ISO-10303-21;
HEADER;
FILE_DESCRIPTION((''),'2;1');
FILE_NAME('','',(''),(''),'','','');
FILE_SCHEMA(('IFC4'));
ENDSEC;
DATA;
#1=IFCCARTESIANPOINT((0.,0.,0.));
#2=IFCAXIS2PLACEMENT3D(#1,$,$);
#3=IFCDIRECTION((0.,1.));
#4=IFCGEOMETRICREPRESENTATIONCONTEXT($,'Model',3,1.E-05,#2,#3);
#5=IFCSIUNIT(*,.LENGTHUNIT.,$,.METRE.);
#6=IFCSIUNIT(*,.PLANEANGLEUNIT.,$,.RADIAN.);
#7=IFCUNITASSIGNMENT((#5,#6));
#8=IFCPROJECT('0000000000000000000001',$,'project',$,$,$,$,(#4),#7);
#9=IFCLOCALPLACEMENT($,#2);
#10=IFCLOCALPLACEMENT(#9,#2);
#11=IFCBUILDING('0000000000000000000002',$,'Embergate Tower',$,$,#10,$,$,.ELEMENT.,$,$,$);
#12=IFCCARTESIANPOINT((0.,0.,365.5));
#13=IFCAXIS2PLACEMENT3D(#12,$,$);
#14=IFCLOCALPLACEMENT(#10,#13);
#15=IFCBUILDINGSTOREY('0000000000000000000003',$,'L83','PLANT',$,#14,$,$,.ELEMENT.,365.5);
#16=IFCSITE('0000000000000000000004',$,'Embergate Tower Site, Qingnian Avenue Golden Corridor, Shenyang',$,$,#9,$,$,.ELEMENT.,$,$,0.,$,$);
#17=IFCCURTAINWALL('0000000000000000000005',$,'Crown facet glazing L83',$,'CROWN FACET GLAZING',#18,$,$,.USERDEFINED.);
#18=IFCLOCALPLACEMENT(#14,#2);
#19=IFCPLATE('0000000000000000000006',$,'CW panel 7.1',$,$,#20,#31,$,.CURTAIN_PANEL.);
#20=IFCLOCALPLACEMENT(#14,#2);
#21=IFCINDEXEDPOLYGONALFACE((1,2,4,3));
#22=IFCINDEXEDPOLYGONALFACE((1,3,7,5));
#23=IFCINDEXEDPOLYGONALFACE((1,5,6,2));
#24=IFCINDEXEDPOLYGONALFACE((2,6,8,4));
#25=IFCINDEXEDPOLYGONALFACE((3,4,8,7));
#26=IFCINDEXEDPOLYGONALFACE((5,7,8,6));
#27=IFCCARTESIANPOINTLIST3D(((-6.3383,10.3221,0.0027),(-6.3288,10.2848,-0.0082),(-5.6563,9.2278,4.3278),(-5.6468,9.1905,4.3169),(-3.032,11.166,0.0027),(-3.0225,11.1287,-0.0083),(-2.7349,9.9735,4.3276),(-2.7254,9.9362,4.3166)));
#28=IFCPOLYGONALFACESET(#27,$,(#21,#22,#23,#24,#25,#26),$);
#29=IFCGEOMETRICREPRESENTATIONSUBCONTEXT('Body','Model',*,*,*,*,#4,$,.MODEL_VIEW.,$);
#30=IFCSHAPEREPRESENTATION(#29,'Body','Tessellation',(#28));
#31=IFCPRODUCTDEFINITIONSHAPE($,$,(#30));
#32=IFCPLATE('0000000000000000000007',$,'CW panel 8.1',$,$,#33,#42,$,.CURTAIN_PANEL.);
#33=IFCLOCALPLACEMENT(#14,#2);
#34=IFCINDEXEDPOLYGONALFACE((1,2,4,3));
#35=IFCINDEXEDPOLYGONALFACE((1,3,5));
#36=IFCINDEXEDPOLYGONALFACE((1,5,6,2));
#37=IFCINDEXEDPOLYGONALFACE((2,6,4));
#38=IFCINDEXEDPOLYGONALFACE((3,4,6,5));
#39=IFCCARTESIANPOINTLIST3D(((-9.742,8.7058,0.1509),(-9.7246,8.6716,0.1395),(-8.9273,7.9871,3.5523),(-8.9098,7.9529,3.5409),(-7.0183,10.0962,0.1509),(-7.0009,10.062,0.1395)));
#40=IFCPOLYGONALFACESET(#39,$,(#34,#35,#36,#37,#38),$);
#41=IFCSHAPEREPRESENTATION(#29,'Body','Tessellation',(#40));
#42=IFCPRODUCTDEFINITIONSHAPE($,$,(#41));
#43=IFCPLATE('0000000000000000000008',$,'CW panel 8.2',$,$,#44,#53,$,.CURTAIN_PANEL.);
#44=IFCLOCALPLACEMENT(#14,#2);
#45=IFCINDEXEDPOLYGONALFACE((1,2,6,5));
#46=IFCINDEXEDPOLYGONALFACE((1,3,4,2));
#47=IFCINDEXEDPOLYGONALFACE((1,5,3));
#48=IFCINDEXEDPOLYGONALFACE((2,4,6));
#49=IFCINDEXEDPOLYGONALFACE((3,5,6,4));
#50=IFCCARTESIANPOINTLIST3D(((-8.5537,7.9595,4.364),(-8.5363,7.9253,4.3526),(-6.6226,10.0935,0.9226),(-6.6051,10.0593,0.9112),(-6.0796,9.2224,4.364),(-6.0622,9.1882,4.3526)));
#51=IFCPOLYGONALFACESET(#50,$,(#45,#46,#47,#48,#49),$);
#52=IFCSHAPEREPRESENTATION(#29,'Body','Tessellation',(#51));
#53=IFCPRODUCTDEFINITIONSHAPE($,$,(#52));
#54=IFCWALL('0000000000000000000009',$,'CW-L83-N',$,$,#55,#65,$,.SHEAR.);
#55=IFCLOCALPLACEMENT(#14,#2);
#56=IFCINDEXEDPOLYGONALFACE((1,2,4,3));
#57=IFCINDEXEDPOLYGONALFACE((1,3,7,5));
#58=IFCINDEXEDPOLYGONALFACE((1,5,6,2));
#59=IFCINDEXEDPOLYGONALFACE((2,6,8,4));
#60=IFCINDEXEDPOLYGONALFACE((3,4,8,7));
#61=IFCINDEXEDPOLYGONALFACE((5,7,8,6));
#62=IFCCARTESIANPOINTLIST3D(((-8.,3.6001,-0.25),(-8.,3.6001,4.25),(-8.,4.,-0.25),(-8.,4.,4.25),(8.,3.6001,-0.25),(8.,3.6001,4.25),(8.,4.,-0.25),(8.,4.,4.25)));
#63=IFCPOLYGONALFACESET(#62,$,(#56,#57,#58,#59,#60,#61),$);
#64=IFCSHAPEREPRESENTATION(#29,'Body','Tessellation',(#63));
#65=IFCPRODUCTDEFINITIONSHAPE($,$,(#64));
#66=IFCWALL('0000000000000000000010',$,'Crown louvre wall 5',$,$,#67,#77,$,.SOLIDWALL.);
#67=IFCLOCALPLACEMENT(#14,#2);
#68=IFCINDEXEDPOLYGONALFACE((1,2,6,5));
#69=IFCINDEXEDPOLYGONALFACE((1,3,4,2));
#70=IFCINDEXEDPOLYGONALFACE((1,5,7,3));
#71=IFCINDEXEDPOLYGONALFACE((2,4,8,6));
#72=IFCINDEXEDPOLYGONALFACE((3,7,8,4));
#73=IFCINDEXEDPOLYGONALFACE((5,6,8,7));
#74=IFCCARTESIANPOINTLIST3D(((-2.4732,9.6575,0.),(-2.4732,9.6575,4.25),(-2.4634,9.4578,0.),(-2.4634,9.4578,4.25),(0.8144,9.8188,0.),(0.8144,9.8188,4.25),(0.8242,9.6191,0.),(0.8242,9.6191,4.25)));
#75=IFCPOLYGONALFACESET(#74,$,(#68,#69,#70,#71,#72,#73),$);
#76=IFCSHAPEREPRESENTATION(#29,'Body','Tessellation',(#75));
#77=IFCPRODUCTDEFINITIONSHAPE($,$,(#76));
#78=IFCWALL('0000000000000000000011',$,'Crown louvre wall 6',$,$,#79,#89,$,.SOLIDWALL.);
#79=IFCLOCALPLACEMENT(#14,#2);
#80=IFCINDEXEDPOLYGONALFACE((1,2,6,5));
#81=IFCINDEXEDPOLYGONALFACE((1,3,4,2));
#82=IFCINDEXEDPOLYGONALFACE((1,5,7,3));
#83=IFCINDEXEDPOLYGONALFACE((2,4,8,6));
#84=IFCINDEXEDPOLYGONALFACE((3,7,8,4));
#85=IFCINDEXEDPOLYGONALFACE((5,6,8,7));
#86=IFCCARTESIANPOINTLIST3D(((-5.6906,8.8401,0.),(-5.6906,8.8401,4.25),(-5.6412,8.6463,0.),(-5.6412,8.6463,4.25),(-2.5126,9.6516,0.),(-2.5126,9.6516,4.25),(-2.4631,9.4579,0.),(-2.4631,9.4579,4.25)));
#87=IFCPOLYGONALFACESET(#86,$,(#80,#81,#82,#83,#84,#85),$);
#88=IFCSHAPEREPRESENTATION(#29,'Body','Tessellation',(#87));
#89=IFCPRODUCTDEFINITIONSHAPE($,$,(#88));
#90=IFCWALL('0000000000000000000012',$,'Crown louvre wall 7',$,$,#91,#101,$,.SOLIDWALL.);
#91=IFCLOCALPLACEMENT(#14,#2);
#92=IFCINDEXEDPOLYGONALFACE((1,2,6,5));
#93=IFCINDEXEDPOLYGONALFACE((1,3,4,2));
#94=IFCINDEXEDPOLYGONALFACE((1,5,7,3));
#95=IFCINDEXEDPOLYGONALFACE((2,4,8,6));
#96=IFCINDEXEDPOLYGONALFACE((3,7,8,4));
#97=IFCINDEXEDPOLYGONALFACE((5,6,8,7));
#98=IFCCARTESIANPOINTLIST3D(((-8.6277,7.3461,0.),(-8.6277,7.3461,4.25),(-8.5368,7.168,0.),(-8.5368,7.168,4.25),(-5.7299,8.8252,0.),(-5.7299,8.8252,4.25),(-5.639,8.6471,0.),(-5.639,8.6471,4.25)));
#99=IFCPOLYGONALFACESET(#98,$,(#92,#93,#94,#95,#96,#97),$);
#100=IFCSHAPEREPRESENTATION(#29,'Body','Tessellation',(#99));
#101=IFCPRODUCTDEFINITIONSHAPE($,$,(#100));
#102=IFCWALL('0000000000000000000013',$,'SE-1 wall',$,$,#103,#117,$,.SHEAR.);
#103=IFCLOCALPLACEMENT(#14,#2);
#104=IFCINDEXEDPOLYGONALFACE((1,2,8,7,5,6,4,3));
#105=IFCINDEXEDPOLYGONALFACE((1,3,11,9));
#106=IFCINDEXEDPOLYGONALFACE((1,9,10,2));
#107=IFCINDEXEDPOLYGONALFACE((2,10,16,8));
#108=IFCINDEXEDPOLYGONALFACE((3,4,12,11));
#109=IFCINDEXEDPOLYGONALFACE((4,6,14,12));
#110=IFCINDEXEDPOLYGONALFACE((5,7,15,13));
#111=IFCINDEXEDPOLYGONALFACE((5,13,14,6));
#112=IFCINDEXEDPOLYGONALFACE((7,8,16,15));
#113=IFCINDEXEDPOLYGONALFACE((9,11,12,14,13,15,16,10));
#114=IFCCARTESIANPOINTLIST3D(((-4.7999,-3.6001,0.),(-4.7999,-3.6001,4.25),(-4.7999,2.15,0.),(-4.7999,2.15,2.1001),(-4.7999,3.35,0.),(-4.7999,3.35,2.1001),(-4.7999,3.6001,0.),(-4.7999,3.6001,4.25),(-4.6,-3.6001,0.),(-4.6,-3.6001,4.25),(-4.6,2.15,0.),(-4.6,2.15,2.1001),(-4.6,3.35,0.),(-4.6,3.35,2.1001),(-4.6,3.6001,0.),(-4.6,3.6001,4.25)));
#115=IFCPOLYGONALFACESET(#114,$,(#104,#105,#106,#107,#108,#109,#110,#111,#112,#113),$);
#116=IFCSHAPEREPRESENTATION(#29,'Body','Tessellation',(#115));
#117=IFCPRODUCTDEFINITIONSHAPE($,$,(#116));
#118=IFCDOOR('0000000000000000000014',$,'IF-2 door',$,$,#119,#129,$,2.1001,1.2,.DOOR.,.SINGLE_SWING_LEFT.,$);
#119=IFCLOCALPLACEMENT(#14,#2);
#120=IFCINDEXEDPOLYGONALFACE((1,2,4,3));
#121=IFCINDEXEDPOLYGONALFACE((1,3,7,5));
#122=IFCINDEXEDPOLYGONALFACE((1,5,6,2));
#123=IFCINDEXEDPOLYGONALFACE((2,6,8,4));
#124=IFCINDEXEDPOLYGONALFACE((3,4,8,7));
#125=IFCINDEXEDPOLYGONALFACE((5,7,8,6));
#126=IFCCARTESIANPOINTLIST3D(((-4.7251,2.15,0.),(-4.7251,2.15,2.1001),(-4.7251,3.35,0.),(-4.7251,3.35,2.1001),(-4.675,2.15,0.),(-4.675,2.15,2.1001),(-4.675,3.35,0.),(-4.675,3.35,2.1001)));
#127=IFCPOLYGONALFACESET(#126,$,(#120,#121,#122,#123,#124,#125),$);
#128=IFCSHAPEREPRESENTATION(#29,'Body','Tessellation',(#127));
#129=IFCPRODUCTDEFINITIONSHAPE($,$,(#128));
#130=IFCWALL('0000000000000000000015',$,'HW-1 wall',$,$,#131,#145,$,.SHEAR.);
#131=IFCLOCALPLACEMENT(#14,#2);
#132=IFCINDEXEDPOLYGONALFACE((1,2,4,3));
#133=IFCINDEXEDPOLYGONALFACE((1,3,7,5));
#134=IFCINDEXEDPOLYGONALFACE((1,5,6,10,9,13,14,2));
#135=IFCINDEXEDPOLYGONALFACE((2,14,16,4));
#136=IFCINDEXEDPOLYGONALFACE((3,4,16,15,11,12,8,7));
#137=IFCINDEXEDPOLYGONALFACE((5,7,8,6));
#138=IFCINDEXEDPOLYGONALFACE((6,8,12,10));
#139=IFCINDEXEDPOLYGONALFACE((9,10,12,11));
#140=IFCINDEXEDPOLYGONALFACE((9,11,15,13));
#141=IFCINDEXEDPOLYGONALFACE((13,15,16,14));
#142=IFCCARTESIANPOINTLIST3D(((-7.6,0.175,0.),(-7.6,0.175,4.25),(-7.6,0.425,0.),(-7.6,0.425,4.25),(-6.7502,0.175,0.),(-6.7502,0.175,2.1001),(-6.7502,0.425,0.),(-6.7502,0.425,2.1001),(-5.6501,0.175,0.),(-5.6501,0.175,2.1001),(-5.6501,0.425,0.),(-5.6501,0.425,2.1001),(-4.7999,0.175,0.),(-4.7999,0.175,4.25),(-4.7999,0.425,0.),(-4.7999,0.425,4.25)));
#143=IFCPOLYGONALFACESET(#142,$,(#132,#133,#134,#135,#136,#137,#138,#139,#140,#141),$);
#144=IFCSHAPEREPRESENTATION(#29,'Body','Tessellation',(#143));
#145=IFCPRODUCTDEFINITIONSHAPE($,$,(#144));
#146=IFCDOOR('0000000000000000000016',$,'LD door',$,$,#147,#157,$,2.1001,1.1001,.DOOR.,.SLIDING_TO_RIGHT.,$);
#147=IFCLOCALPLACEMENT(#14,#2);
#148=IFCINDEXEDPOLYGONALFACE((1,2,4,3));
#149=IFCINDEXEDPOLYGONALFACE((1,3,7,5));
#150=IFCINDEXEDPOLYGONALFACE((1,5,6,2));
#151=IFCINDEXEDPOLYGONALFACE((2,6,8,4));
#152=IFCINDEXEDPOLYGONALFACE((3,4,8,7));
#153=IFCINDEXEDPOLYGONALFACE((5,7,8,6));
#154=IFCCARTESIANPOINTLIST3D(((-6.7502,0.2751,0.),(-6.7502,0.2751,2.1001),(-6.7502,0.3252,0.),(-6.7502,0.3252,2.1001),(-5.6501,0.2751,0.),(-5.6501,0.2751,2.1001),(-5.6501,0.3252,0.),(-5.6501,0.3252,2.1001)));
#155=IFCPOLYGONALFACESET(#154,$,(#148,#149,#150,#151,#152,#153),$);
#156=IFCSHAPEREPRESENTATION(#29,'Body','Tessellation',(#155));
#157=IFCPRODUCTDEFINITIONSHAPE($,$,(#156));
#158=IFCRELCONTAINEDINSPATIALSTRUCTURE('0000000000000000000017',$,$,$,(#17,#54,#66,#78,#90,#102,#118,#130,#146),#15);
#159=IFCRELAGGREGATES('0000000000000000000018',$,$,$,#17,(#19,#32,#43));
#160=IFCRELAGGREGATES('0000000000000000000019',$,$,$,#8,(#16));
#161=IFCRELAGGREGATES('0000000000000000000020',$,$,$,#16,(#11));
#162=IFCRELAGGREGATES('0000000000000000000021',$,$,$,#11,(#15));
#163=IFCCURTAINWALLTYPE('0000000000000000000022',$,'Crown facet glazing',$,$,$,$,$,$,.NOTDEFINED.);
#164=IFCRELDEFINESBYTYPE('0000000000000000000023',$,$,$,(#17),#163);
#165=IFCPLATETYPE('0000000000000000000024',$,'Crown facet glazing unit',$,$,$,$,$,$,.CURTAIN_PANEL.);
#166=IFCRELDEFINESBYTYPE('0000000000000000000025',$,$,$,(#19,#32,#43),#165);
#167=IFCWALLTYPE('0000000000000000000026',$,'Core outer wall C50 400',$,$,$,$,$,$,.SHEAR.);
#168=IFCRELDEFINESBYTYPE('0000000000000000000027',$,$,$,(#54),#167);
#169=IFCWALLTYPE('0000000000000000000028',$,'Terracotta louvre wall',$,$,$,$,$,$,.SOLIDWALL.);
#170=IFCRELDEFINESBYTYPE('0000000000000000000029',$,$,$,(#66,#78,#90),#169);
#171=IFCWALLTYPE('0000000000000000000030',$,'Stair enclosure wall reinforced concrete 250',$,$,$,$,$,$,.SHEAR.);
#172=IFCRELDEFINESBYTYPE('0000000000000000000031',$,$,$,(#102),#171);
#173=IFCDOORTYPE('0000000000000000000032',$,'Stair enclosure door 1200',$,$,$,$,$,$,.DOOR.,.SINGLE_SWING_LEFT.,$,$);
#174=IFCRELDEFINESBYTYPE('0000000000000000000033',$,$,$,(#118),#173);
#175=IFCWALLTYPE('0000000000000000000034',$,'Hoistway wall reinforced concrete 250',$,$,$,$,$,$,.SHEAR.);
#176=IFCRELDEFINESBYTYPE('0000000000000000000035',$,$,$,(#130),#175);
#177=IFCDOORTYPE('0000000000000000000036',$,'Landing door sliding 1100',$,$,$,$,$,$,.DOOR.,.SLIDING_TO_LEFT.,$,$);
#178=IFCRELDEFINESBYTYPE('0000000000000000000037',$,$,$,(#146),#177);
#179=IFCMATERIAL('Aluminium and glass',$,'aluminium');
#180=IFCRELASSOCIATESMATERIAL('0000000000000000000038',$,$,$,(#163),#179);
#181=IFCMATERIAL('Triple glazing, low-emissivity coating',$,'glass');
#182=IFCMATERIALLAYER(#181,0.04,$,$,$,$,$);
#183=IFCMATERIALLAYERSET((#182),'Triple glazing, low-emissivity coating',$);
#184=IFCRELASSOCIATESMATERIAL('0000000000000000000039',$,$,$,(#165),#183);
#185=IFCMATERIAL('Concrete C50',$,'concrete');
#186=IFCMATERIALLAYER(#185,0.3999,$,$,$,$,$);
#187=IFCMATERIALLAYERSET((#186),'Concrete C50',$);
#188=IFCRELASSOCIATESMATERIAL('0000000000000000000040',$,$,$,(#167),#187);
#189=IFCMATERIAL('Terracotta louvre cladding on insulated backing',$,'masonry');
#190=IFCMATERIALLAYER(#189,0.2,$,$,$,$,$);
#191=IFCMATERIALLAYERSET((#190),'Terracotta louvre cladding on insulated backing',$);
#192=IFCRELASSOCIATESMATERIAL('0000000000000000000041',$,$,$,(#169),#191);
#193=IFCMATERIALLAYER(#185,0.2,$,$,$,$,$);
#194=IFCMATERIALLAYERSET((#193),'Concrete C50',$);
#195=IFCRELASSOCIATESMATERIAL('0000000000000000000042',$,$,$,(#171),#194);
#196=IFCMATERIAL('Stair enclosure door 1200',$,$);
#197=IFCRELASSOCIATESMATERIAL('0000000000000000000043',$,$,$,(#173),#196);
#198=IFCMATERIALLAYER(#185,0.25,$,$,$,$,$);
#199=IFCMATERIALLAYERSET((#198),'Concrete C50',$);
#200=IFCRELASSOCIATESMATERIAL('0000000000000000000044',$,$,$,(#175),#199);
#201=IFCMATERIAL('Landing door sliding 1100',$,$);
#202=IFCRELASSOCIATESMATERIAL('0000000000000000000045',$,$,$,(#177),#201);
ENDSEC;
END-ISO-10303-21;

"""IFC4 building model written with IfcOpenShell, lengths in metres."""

from ifc_helpers import new_model, si_unit, direction, frame, frame_2d, origin, place, context, subcontext, project, spatial, polyline, rectangle, outline, extrude, source, transform, mapped, material, layer, layer_set, type_object, element, fill, aggregate, save


model = new_model("IFC4")

# Units and contexts
model_context = context("Model", 3, precision=1e-05, world=origin(), true_north=direction((0.0, 1.0)))
body_context = subcontext(model_context, "Body", "Model", "MODEL_VIEW")
ifc_project = project(units=[si_unit("LENGTHUNIT", "METRE"), si_unit("PLANEANGLEUNIT", "RADIAN")], contexts=[model_context])

# Site, building, storey
site_placement = place(None, origin())
site = spatial("IfcSite", under=ifc_project, at=site_placement, Name="Embergate Tower Site, Qingnian Avenue Golden Corridor, Shenyang", CompositionType="ELEMENT", RefElevation=0.0)
building_placement = place(site_placement, origin())
building = spatial("IfcBuilding", under=site, at=building_placement, Name="Embergate Tower", CompositionType="ELEMENT")
storey_placement = place(building_placement, frame((0.0, 0.0, 365.5)))
storey = spatial("IfcBuildingStorey", under=building, at=storey_placement, Name="L83", Description="PLANT", CompositionType="ELEMENT", Elevation=365.5)

# Curtain wall, plates
ifc_material_1 = material(Name="Aluminium and glass", Category="aluminium")
curtain_wall_type = type_object("IfcCurtainWallType", Name="Crown facet glazing", PredefinedType="NOTDEFINED", material=ifc_material_1)
curtain_wall_placement = place(storey_placement, origin())
curtain_wall = element("IfcCurtainWall", 1, at=curtain_wall_placement, inside=storey, type_object=curtain_wall_type, Name="Crown facet glazing L83", ObjectType="CROWN FACET GLAZING", PredefinedType="USERDEFINED")
ifc_material_2 = material(Name="Triple glazing, low-emissivity coating", Category="glass")
ifc_layer_1 = layer(ifc_material_2, 0.04)
ifc_layer_set_1 = layer_set([ifc_layer_1], Name="Triple glazing, low-emissivity coating")
plate_type = type_object("IfcPlateType", Name="Crown facet glazing unit", PredefinedType="CURTAIN_PANEL", material=ifc_layer_set_1)
shared_shape_1 = source(origin(), body_context, "Body", "SweptSolid", [
    extrude(outline(polyline([(0.0, 0.0), (3.4124, 0.0), (3.0222, 4.4963), (0.0071, 4.4961), (0.0, 0.0)])), origin(), (0.0, 0.0, -1.0), 0.04),
])
plate_1_placement = place(storey_placement, frame((-3.032, 11.166, 0.0027), z_axis=(-0.237886, 0.932039, 0.273336), x_axis=(-0.968937, -0.247306, 0.000007)))
plate_1 = element("IfcPlate", 2, at=plate_1_placement, type_object=plate_type, Name="CW panel 7.1", PredefinedType="CURTAIN_PANEL", context=body_context, shape_type="MappedRepresentation", body=[
    mapped(shared_shape_1, transform((0.0, 0.0, 0.0))),
])
shared_shape_2 = source(origin(), body_context, "Body", "SweptSolid", [
    extrude(outline(polyline([(0.0, 0.0), (3.0581, 0.0), (2.6592, 3.5483), (0.0, 0.0)])), origin(), (0.0, 0.0, -1.0), 0.04),
])
plate_2_placement = place(storey_placement, frame((-7.0183, 10.0962, 0.1509), z_axis=(-0.435841, 0.853773, 0.284805), x_axis=(-0.89066, -0.454671, 0.0)))
plate_2 = element("IfcPlate", 3, at=plate_2_placement, type_object=plate_type, Name="CW panel 8.1", PredefinedType="CURTAIN_PANEL", context=body_context, shape_type="MappedRepresentation", body=[
    mapped(shared_shape_2, transform((0.0, 0.0, 0.0))),
])
shared_shape_3 = source(origin(), body_context, "Body", "SweptSolid", [
    extrude(outline(polyline([(0.0, 0.0), (4.4863, 0.0), (2.8206, 2.2229), (0.0, 0.0)])), origin(), (0.0, 0.0, -1.0), 0.04),
])
plate_3_placement = place(storey_placement, frame((-6.6226, 10.0935, 0.9226), z_axis=(-0.435814, 0.853767, 0.284867), x_axis=(-0.430457, -0.47568, 0.767095)))
plate_3 = element("IfcPlate", 4, at=plate_3_placement, type_object=plate_type, Name="CW panel 8.2", PredefinedType="CURTAIN_PANEL", context=body_context, shape_type="MappedRepresentation", body=[
    mapped(shared_shape_3, transform((0.0, 0.0, 0.0))),
])
aggregate(curtain_wall, [plate_1, plate_2, plate_3])

# Walls
ifc_material_3 = material(Name="Concrete C50", Category="concrete")
ifc_layer_2 = layer(ifc_material_3, 0.3999)
ifc_layer_set_2 = layer_set([ifc_layer_2], Name="Concrete C50")
wall_type_1 = type_object("IfcWallType", Name="Core outer wall C50 400", PredefinedType="SHEAR", material=ifc_layer_set_2)
shared_shape_4 = source(origin(), body_context, "Body", "SweptSolid", [
    extrude(rectangle(XDim=16.0, YDim=0.3999, at=frame_2d((8.0, 0.0))), origin(), (0.0, 0.0, 1.0), 4.5),
])
wall_1_placement = place(storey_placement, frame((-8.0, 3.8, -0.25), z_axis=(0.0, 0.0, 1.0), x_axis=(1.0, 0.0, 0.0)))
element("IfcWall", 5, at=wall_1_placement, inside=storey, type_object=wall_type_1, Name="CW-L83-N", PredefinedType="SHEAR", context=body_context, shape_type="MappedRepresentation", body=[
    mapped(shared_shape_4, transform((0.0, 0.0, 0.0))),
])
ifc_material_4 = material(Name="Terracotta louvre cladding on insulated backing", Category="masonry")
ifc_layer_3 = layer(ifc_material_4, 0.2)
ifc_layer_set_3 = layer_set([ifc_layer_3], Name="Terracotta louvre cladding on insulated backing")
wall_type_2 = type_object("IfcWallType", Name="Terracotta louvre wall", PredefinedType="SOLIDWALL", material=ifc_layer_set_3)
shared_shape_5 = source(origin(), body_context, "Body", "SweptSolid", [
    extrude(rectangle(XDim=3.2915, YDim=0.2, at=frame_2d((1.6458, 0.0))), origin(), (0.0, 0.0, 1.0), 4.25),
])
wall_2_placement = place(storey_placement, frame((-2.4683, 9.5576, 0.0), z_axis=(0.0, 0.0, 1.0), x_axis=(0.998797, 0.049028, 0.0)))
element("IfcWall", 6, at=wall_2_placement, inside=storey, type_object=wall_type_2, Name="Crown louvre wall 5", PredefinedType="SOLIDWALL", context=body_context, shape_type="MappedRepresentation", body=[
    mapped(shared_shape_5, transform((0.0, 0.0, 0.0))),
])
shared_shape_6 = source(origin(), body_context, "Body", "SweptSolid", [
    extrude(rectangle(XDim=3.28, YDim=0.2, at=frame_2d((1.6401, 0.0))), origin(), (0.0, 0.0, 1.0), 4.25),
])
wall_3_placement = place(storey_placement, frame((-5.666, 8.7432, 0.0), z_axis=(0.0, 0.0, 1.0), x_axis=(0.968909, 0.247419, 0.0)))
element("IfcWall", 7, at=wall_3_placement, inside=storey, type_object=wall_type_2, Name="Crown louvre wall 6", PredefinedType="SOLIDWALL", context=body_context, shape_type="MappedRepresentation", body=[
    mapped(shared_shape_6, transform((0.0, 0.0, 0.0))),
])
shared_shape_7 = source(origin(), body_context, "Body", "SweptSolid", [
    extrude(rectangle(XDim=3.2534, YDim=0.2, at=frame_2d((1.6267, 0.0))), origin(), (0.0, 0.0, 1.0), 4.25),
])
wall_4_placement = place(storey_placement, frame((-8.5823, 7.2571, 0.0), z_axis=(0.0, 0.0, 1.0), x_axis=(0.890689, 0.454613, 0.0)))
element("IfcWall", 8, at=wall_4_placement, inside=storey, type_object=wall_type_2, Name="Crown louvre wall 7", PredefinedType="SOLIDWALL", context=body_context, shape_type="MappedRepresentation", body=[
    mapped(shared_shape_7, transform((0.0, 0.0, 0.0))),
])

# Walls, openings, doors
ifc_layer_4 = layer(ifc_material_3, 0.2)
ifc_layer_set_4 = layer_set([ifc_layer_4], Name="Concrete C50")
wall_type_3 = type_object("IfcWallType", Name="Stair enclosure wall reinforced concrete 250", PredefinedType="SHEAR", material=ifc_layer_set_4)
shared_shape_8 = source(origin(), body_context, "Body", "SweptSolid", [
    extrude(rectangle(XDim=7.2002, YDim=0.2, at=frame_2d((3.6001, 0.0))), origin(), (0.0, 0.0, 1.0), 4.25),
])
wall_5_placement = place(storey_placement, frame((-4.7, 3.6001, 0.0), z_axis=(0.0, 0.0, 1.0), x_axis=(0.0, -1.0, 0.0)))
wall_5 = element("IfcWall", 9, at=wall_5_placement, inside=storey, type_object=wall_type_3, Name="SE-1 wall", PredefinedType="SHEAR", context=body_context, shape_type="MappedRepresentation", body=[
    mapped(shared_shape_8, transform((0.0, 0.0, 0.0))),
])
shared_shape_9 = source(origin(), body_context, "Body", "SweptSolid", [
    extrude(rectangle(XDim=1.2, YDim=2.1001, at=frame_2d((0.6001, 1.05))), frame((0.0, 0.1099, 0.0), z_axis=(0.0, -1.0, 0.0), x_axis=(1.0, 0.0, 0.0)), (0.0, 0.0, 1.0), 0.22),
])
opening_1_placement = place(wall_5_placement, frame((0.25, 0.0, 0.0)))
opening_1 = element("IfcOpeningElement", 10, at=opening_1_placement, cuts=wall_5, PredefinedType="OPENING", context=body_context, shape_type="MappedRepresentation", body=[
    mapped(shared_shape_9, transform((0.0, 0.0, 0.0))),
])
ifc_material_5 = material(Name="Stair enclosure door 1200")
door_type_1 = type_object("IfcDoorType", Name="Stair enclosure door 1200", OperationType="SINGLE_SWING_LEFT", PredefinedType="DOOR", material=ifc_material_5)
shared_shape_10 = source(origin(), body_context, "Body", "SweptSolid", [
    extrude(rectangle(XDim=1.2, YDim=2.1001, at=frame_2d((0.6001, 1.05))), frame((0.0, 0.0249, 0.0), z_axis=(0.0, -1.0, 0.0), x_axis=(1.0, 0.0, 0.0)), (0.0, 0.0, 1.0), 0.05),
])
door_1_placement = place(opening_1_placement, origin())
door_1 = element("IfcDoor", 11, at=door_1_placement, inside=storey, type_object=door_type_1, Name="IF-2 door", OperationType="SINGLE_SWING_LEFT", OverallHeight=2.1001, OverallWidth=1.2, PredefinedType="DOOR", context=body_context, shape_type="MappedRepresentation", body=[
    mapped(shared_shape_10, transform((0.0, 0.0, 0.0))),
])
fill(opening_1, door_1)
ifc_layer_5 = layer(ifc_material_3, 0.25)
ifc_layer_set_5 = layer_set([ifc_layer_5], Name="Concrete C50")
wall_type_4 = type_object("IfcWallType", Name="Hoistway wall reinforced concrete 250", PredefinedType="SHEAR", material=ifc_layer_set_5)
shared_shape_11 = source(origin(), body_context, "Body", "SweptSolid", [
    extrude(rectangle(XDim=2.8, YDim=0.25, at=frame_2d((1.3999, 0.0))), origin(), (0.0, 0.0, 1.0), 4.25),
])
wall_6_placement = place(storey_placement, frame((-4.8, 0.3, 0.0), z_axis=(0.0, 0.0, 1.0), x_axis=(-1.0, 0.0, 0.0)))
wall_6 = element("IfcWall", 12, at=wall_6_placement, inside=storey, type_object=wall_type_4, Name="HW-1 wall", PredefinedType="SHEAR", context=body_context, shape_type="MappedRepresentation", body=[
    mapped(shared_shape_11, transform((0.0, 0.0, 0.0))),
])
shared_shape_12 = source(origin(), body_context, "Body", "SweptSolid", [
    extrude(rectangle(XDim=1.1001, YDim=2.1001, at=frame_2d((0.55, 1.05))), frame((0.0, 0.135, 0.0), z_axis=(0.0, -1.0, 0.0), x_axis=(1.0, 0.0, 0.0)), (0.0, 0.0, 1.0), 0.27),
])
opening_2_placement = place(wall_6_placement, frame((0.8501, 0.0, 0.0)))
opening_2 = element("IfcOpeningElement", 13, at=opening_2_placement, cuts=wall_6, PredefinedType="OPENING", context=body_context, shape_type="MappedRepresentation", body=[
    mapped(shared_shape_12, transform((0.0, 0.0, 0.0))),
])
ifc_material_6 = material(Name="Landing door sliding 1100")
door_type_2 = type_object("IfcDoorType", Name="Landing door sliding 1100", OperationType="SLIDING_TO_LEFT", PredefinedType="DOOR", material=ifc_material_6)
shared_shape_13 = source(origin(), body_context, "Body", "SweptSolid", [
    extrude(rectangle(XDim=1.1001, YDim=2.1001, at=frame_2d((0.55, 1.05))), frame((0.0, 0.0249, 0.0), z_axis=(0.0, -1.0, 0.0), x_axis=(1.0, 0.0, 0.0)), (0.0, 0.0, 1.0), 0.05),
])
door_2_placement = place(opening_2_placement, origin())
door_2 = element("IfcDoor", 14, at=door_2_placement, inside=storey, type_object=door_type_2, Name="LD door", OperationType="SLIDING_TO_RIGHT", OverallHeight=2.1001, OverallWidth=1.1001, PredefinedType="DOOR", context=body_context, shape_type="MappedRepresentation", body=[
    mapped(shared_shape_13, transform((0.0, 0.0, 0.0))),
])
fill(opening_2, door_2)

save(model, "model.ifc")
